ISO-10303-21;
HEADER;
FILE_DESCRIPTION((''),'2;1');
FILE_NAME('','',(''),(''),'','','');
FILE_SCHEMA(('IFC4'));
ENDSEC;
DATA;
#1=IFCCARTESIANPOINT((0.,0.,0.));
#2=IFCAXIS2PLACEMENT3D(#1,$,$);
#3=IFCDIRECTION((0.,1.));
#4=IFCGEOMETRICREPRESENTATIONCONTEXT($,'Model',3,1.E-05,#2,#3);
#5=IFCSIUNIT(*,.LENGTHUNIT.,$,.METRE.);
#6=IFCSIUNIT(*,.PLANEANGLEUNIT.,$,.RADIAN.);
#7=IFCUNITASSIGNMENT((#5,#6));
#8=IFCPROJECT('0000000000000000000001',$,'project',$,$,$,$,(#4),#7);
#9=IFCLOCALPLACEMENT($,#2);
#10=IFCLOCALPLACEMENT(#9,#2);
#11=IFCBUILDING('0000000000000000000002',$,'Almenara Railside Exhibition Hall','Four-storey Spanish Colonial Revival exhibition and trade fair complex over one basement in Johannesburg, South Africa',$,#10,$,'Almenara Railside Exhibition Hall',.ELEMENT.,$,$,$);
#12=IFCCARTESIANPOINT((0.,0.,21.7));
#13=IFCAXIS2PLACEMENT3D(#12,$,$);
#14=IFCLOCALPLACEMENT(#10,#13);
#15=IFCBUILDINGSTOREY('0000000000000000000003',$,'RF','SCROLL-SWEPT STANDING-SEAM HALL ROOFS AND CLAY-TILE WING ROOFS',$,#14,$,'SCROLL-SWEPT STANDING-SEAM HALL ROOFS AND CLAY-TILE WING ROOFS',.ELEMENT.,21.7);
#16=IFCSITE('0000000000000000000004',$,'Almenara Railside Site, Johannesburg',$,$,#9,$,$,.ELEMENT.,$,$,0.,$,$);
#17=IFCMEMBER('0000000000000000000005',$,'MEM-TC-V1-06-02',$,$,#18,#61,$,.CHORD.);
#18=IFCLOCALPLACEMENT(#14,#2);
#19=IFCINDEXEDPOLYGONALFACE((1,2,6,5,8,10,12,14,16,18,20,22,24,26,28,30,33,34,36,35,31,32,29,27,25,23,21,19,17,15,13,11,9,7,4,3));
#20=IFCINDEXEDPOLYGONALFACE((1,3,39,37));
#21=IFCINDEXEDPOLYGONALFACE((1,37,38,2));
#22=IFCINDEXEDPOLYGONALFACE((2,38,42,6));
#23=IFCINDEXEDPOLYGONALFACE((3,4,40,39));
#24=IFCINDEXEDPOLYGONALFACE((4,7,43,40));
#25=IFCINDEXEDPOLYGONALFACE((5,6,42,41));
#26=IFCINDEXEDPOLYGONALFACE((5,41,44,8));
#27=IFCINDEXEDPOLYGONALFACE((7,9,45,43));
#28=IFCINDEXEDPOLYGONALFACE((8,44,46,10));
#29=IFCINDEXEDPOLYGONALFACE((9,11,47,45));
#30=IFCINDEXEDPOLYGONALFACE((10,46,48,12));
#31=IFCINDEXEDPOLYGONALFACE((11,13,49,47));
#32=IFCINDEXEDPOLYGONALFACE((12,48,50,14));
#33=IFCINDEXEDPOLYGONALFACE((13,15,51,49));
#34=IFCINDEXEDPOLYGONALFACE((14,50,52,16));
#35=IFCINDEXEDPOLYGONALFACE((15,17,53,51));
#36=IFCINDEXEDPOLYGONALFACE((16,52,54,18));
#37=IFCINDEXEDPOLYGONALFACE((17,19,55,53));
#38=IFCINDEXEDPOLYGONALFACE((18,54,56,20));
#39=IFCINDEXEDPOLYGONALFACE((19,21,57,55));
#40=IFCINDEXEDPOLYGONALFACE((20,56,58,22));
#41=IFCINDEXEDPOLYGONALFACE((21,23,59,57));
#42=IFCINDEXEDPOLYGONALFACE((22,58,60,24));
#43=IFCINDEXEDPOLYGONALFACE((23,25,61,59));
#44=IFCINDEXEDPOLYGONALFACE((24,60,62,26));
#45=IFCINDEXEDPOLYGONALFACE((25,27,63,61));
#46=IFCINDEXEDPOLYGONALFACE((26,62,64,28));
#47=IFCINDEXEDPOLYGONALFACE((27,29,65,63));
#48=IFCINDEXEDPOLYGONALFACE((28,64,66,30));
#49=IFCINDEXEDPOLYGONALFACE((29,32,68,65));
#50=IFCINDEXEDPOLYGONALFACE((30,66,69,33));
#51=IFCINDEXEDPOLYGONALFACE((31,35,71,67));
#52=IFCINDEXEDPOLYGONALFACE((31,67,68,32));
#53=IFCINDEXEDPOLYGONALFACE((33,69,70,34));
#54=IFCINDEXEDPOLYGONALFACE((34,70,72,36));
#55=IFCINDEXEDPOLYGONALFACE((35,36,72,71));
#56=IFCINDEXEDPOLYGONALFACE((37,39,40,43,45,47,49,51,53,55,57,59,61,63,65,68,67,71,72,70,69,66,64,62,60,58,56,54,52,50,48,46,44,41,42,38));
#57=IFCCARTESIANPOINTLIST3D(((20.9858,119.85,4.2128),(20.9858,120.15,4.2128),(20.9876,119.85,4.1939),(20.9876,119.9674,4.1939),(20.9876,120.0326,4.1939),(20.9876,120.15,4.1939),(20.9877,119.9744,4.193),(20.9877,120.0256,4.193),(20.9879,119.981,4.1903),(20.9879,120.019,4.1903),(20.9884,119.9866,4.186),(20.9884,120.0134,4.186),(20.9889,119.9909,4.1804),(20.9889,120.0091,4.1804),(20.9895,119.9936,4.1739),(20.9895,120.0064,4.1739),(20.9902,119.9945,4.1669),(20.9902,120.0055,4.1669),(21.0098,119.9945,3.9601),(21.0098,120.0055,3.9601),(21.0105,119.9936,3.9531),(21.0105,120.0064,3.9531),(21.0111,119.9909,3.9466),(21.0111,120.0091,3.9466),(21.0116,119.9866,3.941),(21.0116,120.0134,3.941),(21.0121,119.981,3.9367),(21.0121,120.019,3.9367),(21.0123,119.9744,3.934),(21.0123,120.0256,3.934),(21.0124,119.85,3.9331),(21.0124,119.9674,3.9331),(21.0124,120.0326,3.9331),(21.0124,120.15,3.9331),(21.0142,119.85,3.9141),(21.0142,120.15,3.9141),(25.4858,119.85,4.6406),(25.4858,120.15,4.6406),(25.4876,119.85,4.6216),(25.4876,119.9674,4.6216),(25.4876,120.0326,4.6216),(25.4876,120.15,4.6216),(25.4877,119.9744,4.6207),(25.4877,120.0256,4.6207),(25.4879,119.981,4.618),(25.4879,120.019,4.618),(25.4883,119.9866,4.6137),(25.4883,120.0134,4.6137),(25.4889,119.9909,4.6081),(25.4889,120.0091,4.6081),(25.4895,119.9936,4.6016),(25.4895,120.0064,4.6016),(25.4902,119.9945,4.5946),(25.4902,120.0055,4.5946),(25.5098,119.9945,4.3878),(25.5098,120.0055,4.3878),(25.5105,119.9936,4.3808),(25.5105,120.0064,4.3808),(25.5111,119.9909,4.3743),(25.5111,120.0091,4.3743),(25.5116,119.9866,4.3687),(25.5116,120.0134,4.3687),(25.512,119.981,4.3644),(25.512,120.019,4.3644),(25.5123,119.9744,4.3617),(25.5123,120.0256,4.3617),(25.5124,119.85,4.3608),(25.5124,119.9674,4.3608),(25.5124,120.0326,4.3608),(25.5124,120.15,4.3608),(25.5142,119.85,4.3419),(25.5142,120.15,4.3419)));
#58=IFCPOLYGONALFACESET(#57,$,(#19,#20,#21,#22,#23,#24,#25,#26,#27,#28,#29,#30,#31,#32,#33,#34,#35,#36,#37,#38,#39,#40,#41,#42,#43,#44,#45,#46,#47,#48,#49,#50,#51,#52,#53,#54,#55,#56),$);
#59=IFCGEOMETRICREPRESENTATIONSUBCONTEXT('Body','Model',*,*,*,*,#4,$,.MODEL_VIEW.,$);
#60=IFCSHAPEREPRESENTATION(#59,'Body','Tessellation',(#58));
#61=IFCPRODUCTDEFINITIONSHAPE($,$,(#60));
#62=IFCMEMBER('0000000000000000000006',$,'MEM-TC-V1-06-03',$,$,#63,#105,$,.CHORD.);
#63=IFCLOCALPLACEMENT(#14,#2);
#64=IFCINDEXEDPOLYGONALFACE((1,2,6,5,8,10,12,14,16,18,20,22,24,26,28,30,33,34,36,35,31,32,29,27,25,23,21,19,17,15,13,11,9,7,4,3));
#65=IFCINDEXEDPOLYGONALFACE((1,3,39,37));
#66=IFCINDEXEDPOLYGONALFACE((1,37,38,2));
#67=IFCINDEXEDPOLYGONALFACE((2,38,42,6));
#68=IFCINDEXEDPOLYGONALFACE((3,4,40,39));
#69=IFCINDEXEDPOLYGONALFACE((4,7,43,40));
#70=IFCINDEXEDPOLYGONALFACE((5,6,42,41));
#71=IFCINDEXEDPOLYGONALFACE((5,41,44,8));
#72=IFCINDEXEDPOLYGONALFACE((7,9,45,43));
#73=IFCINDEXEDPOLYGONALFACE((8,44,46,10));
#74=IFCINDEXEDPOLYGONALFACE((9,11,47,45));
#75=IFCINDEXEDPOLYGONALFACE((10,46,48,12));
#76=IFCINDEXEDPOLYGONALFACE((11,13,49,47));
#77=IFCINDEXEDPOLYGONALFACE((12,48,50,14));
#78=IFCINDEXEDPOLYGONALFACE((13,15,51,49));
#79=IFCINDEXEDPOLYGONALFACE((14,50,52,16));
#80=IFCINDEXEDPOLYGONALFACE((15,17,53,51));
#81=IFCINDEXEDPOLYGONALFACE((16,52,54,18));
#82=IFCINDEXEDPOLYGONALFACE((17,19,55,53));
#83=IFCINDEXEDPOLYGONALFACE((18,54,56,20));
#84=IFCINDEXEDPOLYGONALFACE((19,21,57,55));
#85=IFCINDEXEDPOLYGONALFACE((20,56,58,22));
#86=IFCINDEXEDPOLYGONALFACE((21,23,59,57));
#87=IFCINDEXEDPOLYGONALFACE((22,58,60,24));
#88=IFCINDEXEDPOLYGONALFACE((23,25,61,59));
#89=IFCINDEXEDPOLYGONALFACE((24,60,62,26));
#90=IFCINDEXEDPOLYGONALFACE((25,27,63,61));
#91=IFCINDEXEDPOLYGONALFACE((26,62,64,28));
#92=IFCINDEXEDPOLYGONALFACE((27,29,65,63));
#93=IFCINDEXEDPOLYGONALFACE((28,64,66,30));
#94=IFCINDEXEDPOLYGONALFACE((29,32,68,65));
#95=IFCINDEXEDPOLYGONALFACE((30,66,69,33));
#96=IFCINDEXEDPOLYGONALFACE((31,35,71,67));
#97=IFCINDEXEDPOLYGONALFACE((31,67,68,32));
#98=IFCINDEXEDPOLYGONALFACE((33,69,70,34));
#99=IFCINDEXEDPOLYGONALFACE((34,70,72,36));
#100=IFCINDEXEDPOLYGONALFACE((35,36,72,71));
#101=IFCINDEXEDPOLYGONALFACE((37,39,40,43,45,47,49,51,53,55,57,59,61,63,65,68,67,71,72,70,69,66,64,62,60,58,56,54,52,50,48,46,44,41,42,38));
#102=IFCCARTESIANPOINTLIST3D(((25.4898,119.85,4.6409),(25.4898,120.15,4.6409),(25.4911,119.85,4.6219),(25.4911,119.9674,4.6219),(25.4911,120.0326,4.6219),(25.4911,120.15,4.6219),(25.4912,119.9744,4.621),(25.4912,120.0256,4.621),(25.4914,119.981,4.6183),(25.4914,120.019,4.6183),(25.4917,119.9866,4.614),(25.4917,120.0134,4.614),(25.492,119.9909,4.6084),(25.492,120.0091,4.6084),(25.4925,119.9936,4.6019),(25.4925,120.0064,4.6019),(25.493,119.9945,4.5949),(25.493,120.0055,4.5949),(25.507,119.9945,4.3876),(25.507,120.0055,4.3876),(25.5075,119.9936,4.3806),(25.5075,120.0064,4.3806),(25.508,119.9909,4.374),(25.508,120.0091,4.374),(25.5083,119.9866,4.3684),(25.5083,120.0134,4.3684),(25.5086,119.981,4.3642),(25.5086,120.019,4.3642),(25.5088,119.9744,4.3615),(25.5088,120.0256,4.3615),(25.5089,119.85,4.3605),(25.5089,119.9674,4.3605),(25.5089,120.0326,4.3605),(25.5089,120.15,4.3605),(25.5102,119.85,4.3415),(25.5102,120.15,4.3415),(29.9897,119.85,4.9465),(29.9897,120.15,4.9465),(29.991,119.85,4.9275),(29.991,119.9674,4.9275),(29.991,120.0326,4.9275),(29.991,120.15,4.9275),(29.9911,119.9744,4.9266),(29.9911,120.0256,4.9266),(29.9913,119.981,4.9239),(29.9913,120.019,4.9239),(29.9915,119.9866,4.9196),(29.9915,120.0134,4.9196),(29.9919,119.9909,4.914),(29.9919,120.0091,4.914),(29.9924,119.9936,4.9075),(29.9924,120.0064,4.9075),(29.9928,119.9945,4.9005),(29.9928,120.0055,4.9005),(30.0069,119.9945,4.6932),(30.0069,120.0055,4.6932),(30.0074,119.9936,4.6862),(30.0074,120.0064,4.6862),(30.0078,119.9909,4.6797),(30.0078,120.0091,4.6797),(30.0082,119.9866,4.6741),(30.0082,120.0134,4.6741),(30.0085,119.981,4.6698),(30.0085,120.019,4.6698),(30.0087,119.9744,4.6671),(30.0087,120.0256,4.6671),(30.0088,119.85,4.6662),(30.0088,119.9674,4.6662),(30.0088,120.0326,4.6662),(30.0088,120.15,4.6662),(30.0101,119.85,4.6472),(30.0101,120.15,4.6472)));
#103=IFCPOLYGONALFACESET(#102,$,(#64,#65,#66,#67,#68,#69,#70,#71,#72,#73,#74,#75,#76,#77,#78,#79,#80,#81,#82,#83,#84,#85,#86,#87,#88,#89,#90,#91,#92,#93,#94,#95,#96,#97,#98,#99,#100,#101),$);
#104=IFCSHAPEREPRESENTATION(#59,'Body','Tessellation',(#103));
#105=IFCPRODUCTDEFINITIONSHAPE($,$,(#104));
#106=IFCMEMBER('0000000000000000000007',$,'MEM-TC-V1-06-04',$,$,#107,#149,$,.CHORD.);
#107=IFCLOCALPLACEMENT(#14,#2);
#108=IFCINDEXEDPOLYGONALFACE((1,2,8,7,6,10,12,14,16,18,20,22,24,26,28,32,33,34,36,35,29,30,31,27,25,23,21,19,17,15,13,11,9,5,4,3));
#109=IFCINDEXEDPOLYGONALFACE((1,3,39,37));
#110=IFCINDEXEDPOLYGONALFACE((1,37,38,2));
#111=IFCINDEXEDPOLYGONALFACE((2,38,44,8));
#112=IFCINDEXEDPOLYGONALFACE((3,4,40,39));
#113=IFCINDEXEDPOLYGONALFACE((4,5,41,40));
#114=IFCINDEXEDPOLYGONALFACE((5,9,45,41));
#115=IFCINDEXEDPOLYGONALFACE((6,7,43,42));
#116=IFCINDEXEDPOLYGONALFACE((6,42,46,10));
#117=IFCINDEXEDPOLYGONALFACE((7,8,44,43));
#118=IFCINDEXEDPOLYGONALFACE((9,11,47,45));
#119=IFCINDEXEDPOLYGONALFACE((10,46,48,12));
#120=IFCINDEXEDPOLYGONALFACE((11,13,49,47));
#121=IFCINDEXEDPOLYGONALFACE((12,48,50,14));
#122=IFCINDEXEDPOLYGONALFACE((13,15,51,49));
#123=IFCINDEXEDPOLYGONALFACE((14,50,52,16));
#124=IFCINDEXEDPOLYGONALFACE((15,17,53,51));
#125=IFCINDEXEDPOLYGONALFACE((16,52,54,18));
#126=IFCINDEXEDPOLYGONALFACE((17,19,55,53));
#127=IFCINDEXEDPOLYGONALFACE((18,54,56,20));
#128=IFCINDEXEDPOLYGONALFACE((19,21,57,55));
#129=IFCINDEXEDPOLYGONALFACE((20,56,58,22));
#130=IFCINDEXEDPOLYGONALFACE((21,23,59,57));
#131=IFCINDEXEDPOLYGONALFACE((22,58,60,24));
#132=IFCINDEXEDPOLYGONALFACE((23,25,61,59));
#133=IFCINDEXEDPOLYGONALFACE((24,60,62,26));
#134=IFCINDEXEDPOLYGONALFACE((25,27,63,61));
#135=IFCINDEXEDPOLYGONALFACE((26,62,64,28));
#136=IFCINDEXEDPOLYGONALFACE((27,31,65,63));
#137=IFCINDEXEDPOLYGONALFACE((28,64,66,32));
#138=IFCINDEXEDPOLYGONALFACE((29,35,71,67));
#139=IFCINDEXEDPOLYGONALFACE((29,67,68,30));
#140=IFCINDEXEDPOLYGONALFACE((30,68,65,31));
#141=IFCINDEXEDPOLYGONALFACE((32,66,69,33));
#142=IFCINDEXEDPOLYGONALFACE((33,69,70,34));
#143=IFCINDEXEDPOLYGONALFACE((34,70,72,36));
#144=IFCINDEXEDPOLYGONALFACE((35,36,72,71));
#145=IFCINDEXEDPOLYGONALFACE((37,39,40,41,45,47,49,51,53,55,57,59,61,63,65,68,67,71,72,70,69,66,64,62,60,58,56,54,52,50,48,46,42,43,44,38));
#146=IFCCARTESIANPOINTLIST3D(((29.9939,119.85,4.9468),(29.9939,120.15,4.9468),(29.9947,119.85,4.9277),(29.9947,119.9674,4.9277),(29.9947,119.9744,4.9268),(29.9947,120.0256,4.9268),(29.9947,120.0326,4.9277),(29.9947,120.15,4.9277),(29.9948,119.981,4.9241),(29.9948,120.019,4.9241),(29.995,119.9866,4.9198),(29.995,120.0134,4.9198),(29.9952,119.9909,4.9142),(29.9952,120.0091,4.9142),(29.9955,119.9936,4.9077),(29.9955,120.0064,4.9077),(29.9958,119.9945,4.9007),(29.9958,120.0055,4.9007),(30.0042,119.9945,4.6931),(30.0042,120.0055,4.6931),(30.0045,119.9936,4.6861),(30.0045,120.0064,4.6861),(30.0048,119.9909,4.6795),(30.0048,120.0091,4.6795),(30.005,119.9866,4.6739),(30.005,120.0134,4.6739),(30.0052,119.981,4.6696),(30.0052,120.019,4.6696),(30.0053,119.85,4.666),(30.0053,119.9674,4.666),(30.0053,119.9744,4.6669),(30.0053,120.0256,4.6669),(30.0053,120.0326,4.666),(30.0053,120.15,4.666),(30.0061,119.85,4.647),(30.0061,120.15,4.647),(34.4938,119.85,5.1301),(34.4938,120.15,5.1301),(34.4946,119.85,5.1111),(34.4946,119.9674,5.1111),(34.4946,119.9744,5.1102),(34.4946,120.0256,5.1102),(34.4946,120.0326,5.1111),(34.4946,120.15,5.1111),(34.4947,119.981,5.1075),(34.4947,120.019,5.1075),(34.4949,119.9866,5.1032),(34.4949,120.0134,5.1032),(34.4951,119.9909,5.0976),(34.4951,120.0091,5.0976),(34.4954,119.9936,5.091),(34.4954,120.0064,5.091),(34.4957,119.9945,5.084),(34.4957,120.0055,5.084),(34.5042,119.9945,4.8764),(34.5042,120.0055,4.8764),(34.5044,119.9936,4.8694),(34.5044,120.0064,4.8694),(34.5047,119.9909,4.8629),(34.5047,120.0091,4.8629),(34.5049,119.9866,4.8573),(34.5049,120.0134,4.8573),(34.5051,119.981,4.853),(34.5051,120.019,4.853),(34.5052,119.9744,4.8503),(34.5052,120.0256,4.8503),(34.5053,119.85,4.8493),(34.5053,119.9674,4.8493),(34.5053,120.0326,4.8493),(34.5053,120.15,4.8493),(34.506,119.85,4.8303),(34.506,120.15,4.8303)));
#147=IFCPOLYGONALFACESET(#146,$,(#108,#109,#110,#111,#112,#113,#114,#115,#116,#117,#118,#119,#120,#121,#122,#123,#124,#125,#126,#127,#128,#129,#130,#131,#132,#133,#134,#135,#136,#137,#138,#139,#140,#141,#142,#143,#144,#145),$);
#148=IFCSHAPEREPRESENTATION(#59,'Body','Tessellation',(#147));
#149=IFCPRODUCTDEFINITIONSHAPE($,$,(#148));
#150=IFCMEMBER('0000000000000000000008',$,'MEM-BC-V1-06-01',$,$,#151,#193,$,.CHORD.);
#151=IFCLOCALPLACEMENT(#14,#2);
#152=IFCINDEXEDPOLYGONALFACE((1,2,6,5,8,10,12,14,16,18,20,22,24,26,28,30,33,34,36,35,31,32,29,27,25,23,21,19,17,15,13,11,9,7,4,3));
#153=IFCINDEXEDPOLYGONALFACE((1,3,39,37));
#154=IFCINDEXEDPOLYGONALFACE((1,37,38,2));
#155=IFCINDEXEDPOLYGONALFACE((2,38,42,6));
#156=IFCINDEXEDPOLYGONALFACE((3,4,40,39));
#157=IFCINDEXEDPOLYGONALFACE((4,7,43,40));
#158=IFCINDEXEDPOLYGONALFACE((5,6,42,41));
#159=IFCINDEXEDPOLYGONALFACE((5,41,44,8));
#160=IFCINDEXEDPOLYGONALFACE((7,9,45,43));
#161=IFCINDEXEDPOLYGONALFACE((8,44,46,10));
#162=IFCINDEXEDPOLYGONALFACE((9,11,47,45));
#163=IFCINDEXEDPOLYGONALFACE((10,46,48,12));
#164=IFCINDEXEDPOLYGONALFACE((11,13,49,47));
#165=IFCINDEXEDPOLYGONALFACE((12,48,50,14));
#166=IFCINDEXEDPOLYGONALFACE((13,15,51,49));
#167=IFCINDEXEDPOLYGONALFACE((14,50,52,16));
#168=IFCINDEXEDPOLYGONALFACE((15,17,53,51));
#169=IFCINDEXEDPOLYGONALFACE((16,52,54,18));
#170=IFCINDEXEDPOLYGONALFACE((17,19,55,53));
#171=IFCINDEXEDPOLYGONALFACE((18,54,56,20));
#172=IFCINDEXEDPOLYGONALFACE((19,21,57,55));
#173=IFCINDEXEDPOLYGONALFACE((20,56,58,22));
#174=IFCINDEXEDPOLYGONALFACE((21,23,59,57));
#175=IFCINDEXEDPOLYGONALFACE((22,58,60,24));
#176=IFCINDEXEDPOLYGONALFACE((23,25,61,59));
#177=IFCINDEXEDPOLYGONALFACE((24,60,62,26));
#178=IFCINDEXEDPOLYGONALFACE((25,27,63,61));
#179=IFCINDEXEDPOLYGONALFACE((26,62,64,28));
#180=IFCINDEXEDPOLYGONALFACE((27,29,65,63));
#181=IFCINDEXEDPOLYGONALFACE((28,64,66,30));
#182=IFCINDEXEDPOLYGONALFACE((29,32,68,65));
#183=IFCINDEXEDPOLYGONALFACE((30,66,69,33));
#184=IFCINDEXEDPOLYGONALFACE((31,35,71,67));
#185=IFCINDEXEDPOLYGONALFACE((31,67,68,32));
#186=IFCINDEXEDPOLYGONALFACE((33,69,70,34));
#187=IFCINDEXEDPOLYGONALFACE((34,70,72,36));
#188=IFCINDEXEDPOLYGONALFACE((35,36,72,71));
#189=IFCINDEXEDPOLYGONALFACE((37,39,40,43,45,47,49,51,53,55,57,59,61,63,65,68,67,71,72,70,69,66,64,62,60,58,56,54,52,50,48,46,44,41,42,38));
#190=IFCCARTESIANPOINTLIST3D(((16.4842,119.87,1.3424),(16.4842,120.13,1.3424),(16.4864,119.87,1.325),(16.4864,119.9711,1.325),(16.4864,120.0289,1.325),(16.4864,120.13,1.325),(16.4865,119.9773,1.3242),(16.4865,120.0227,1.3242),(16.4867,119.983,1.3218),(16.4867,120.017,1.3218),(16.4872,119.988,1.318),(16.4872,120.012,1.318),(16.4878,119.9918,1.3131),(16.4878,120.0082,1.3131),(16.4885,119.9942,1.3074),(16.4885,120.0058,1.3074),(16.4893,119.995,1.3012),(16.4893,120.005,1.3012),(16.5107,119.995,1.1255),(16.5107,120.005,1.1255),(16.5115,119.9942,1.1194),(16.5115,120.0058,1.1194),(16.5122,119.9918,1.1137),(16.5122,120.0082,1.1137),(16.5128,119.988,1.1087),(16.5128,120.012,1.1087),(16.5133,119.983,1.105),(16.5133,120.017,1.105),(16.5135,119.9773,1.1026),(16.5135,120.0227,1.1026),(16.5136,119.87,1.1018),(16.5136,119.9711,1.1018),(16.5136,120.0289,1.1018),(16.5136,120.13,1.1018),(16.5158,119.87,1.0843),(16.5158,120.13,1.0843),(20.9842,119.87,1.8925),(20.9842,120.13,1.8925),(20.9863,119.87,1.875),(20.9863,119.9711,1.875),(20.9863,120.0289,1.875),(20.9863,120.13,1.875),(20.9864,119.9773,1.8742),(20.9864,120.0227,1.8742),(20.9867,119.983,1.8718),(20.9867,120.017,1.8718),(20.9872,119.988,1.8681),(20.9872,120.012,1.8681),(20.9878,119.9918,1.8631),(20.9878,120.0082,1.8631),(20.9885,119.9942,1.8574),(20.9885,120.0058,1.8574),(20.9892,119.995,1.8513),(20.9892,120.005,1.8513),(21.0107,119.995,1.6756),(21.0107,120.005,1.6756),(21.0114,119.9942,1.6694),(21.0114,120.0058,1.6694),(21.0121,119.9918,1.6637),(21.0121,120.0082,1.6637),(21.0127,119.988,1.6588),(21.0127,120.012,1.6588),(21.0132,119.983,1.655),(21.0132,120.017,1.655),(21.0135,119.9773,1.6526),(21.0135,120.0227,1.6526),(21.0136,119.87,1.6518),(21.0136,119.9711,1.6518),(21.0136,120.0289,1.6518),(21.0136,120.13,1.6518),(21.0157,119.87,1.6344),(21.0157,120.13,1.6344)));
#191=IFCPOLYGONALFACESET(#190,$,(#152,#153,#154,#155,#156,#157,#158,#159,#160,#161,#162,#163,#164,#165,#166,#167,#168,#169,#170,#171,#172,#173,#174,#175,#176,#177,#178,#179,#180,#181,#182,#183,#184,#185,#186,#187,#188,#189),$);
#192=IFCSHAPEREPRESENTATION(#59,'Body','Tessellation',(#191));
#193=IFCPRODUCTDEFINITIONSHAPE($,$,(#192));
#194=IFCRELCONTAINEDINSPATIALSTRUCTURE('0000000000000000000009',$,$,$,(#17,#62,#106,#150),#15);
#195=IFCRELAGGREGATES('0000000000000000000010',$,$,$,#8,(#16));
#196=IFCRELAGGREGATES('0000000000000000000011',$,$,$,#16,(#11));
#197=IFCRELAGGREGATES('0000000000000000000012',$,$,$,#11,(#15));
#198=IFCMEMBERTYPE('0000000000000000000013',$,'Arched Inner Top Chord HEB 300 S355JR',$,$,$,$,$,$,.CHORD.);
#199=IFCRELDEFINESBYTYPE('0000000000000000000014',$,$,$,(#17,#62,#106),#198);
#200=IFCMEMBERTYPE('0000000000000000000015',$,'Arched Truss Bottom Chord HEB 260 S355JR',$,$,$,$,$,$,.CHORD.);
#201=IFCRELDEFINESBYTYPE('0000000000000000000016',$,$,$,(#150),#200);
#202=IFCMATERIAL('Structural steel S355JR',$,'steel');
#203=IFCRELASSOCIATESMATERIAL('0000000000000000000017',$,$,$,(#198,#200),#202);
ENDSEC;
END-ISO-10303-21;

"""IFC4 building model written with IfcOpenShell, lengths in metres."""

from ifc_helpers import new_model, si_unit, direction, frame, origin, origin_2d, place, context, subcontext, project, spatial, i_section, extrude, material, material_profile, profile_set, type_object, element, save


model = new_model("IFC4")

# Units and contexts
model_context = context("Model", 3, precision=1e-05, world=origin(), true_north=direction((0.0, 1.0)))
body_context = subcontext(model_context, "Body", "Model", "MODEL_VIEW")
ifc_project = project(units=[si_unit("LENGTHUNIT", "METRE"), si_unit("PLANEANGLEUNIT", "RADIAN")], contexts=[model_context])

# Site, building, storey
site_placement = place(None, origin())
site = spatial("IfcSite", under=ifc_project, at=site_placement, Name="Almenara Railside Site, Johannesburg", CompositionType="ELEMENT", RefElevation=0.0)
building_placement = place(site_placement, origin())
building = spatial("IfcBuilding", under=site, at=building_placement, Name="Almenara Railside Exhibition Hall", Description="Four-storey Spanish Colonial Revival exhibition and trade fair complex over one basement in Johannesburg, South Africa", LongName="Almenara Railside Exhibition Hall", CompositionType="ELEMENT")
storey_placement = place(building_placement, frame((0.0, 0.0, 21.7)))
storey = spatial("IfcBuildingStorey", under=building, at=storey_placement, Name="RF", Description="SCROLL-SWEPT STANDING-SEAM HALL ROOFS AND CLAY-TILE WING ROOFS", LongName="SCROLL-SWEPT STANDING-SEAM HALL ROOFS AND CLAY-TILE WING ROOFS", CompositionType="ELEMENT", Elevation=21.7)

# Members
ifc_material_1 = material(Name="Structural steel S355JR", Category="steel")
ifc_material_profile_1 = material_profile(ifc_material_1, i_section(OverallWidth=0.3, OverallDepth=0.3, WebThickness=0.011, FlangeThickness=0.019, FilletRadius=0.0271, at=origin_2d()), Name="HEB 300")
ifc_profile_set_1 = profile_set([ifc_material_profile_1], Name="Structural steel S355JR")
member_type_1 = type_object("IfcMemberType", Name="Arched Inner Top Chord HEB 300 S355JR", PredefinedType="CHORD", material=ifc_profile_set_1)
member_1_placement = place(storey_placement, frame((21.0, 120.0, 4.0635), z_axis=(0.995513, 0.0, 0.094626), x_axis=(0.0, 1.0, 0.0)))
element("IfcMember", 1, at=member_1_placement, inside=storey, type_object=member_type_1, Name="MEM-TC-V1-06-02", PredefinedType="CHORD", context=body_context, shape_type="SweptSolid", body=[
    extrude(i_section(OverallWidth=0.3, OverallDepth=0.3, WebThickness=0.011, FlangeThickness=0.019, FilletRadius=0.0271, at=origin_2d()), origin(), (0.0, 0.0, 1.0), 4.5203),
])
member_2_placement = place(storey_placement, frame((25.5, 120.0, 4.4912), z_axis=(0.997701, 0.0, 0.067769), x_axis=(0.0, 1.0, 0.0)))
element("IfcMember", 2, at=member_2_placement, inside=storey, type_object=member_type_1, Name="MEM-TC-V1-06-03", PredefinedType="CHORD", context=body_context, shape_type="SweptSolid", body=[
    extrude(i_section(OverallWidth=0.3, OverallDepth=0.3, WebThickness=0.011, FlangeThickness=0.019, FilletRadius=0.0271, at=origin_2d()), origin(), (0.0, 0.0, 1.0), 4.5103),
])
member_3_placement = place(storey_placement, frame((30.0, 120.0, 4.7969), z_axis=(0.999171, 0.0, 0.040711), x_axis=(0.0, 1.0, 0.0)))
element("IfcMember", 3, at=member_3_placement, inside=storey, type_object=member_type_1, Name="MEM-TC-V1-06-04", PredefinedType="CHORD", context=body_context, shape_type="SweptSolid", body=[
    extrude(i_section(OverallWidth=0.3, OverallDepth=0.3, WebThickness=0.011, FlangeThickness=0.019, FilletRadius=0.0271, at=origin_2d()), origin(), (0.0, 0.0, 1.0), 4.5037),
])
ifc_material_profile_2 = material_profile(ifc_material_1, i_section(OverallWidth=0.26, OverallDepth=0.26, WebThickness=0.01, FlangeThickness=0.0176, FilletRadius=0.0239, at=origin_2d()), Name="HEB 260")
ifc_profile_set_2 = profile_set([ifc_material_profile_2], Name="Structural steel S355JR")
member_type_2 = type_object("IfcMemberType", Name="Arched Truss Bottom Chord HEB 260 S355JR", PredefinedType="CHORD", material=ifc_profile_set_2)
member_4_placement = place(storey_placement, frame((16.5, 120.0, 1.2134), z_axis=(0.992612, 0.0, 0.12133), x_axis=(0.0, 1.0, 0.0)))
element("IfcMember", 4, at=member_4_placement, inside=storey, type_object=member_type_2, Name="MEM-BC-V1-06-01", PredefinedType="CHORD", context=body_context, shape_type="SweptSolid", body=[
    extrude(i_section(OverallWidth=0.26, OverallDepth=0.26, WebThickness=0.01, FlangeThickness=0.0176, FilletRadius=0.0239, at=origin_2d()), origin(), (0.0, 0.0, 1.0), 4.5334),
])

save(model, "model.ifc")
